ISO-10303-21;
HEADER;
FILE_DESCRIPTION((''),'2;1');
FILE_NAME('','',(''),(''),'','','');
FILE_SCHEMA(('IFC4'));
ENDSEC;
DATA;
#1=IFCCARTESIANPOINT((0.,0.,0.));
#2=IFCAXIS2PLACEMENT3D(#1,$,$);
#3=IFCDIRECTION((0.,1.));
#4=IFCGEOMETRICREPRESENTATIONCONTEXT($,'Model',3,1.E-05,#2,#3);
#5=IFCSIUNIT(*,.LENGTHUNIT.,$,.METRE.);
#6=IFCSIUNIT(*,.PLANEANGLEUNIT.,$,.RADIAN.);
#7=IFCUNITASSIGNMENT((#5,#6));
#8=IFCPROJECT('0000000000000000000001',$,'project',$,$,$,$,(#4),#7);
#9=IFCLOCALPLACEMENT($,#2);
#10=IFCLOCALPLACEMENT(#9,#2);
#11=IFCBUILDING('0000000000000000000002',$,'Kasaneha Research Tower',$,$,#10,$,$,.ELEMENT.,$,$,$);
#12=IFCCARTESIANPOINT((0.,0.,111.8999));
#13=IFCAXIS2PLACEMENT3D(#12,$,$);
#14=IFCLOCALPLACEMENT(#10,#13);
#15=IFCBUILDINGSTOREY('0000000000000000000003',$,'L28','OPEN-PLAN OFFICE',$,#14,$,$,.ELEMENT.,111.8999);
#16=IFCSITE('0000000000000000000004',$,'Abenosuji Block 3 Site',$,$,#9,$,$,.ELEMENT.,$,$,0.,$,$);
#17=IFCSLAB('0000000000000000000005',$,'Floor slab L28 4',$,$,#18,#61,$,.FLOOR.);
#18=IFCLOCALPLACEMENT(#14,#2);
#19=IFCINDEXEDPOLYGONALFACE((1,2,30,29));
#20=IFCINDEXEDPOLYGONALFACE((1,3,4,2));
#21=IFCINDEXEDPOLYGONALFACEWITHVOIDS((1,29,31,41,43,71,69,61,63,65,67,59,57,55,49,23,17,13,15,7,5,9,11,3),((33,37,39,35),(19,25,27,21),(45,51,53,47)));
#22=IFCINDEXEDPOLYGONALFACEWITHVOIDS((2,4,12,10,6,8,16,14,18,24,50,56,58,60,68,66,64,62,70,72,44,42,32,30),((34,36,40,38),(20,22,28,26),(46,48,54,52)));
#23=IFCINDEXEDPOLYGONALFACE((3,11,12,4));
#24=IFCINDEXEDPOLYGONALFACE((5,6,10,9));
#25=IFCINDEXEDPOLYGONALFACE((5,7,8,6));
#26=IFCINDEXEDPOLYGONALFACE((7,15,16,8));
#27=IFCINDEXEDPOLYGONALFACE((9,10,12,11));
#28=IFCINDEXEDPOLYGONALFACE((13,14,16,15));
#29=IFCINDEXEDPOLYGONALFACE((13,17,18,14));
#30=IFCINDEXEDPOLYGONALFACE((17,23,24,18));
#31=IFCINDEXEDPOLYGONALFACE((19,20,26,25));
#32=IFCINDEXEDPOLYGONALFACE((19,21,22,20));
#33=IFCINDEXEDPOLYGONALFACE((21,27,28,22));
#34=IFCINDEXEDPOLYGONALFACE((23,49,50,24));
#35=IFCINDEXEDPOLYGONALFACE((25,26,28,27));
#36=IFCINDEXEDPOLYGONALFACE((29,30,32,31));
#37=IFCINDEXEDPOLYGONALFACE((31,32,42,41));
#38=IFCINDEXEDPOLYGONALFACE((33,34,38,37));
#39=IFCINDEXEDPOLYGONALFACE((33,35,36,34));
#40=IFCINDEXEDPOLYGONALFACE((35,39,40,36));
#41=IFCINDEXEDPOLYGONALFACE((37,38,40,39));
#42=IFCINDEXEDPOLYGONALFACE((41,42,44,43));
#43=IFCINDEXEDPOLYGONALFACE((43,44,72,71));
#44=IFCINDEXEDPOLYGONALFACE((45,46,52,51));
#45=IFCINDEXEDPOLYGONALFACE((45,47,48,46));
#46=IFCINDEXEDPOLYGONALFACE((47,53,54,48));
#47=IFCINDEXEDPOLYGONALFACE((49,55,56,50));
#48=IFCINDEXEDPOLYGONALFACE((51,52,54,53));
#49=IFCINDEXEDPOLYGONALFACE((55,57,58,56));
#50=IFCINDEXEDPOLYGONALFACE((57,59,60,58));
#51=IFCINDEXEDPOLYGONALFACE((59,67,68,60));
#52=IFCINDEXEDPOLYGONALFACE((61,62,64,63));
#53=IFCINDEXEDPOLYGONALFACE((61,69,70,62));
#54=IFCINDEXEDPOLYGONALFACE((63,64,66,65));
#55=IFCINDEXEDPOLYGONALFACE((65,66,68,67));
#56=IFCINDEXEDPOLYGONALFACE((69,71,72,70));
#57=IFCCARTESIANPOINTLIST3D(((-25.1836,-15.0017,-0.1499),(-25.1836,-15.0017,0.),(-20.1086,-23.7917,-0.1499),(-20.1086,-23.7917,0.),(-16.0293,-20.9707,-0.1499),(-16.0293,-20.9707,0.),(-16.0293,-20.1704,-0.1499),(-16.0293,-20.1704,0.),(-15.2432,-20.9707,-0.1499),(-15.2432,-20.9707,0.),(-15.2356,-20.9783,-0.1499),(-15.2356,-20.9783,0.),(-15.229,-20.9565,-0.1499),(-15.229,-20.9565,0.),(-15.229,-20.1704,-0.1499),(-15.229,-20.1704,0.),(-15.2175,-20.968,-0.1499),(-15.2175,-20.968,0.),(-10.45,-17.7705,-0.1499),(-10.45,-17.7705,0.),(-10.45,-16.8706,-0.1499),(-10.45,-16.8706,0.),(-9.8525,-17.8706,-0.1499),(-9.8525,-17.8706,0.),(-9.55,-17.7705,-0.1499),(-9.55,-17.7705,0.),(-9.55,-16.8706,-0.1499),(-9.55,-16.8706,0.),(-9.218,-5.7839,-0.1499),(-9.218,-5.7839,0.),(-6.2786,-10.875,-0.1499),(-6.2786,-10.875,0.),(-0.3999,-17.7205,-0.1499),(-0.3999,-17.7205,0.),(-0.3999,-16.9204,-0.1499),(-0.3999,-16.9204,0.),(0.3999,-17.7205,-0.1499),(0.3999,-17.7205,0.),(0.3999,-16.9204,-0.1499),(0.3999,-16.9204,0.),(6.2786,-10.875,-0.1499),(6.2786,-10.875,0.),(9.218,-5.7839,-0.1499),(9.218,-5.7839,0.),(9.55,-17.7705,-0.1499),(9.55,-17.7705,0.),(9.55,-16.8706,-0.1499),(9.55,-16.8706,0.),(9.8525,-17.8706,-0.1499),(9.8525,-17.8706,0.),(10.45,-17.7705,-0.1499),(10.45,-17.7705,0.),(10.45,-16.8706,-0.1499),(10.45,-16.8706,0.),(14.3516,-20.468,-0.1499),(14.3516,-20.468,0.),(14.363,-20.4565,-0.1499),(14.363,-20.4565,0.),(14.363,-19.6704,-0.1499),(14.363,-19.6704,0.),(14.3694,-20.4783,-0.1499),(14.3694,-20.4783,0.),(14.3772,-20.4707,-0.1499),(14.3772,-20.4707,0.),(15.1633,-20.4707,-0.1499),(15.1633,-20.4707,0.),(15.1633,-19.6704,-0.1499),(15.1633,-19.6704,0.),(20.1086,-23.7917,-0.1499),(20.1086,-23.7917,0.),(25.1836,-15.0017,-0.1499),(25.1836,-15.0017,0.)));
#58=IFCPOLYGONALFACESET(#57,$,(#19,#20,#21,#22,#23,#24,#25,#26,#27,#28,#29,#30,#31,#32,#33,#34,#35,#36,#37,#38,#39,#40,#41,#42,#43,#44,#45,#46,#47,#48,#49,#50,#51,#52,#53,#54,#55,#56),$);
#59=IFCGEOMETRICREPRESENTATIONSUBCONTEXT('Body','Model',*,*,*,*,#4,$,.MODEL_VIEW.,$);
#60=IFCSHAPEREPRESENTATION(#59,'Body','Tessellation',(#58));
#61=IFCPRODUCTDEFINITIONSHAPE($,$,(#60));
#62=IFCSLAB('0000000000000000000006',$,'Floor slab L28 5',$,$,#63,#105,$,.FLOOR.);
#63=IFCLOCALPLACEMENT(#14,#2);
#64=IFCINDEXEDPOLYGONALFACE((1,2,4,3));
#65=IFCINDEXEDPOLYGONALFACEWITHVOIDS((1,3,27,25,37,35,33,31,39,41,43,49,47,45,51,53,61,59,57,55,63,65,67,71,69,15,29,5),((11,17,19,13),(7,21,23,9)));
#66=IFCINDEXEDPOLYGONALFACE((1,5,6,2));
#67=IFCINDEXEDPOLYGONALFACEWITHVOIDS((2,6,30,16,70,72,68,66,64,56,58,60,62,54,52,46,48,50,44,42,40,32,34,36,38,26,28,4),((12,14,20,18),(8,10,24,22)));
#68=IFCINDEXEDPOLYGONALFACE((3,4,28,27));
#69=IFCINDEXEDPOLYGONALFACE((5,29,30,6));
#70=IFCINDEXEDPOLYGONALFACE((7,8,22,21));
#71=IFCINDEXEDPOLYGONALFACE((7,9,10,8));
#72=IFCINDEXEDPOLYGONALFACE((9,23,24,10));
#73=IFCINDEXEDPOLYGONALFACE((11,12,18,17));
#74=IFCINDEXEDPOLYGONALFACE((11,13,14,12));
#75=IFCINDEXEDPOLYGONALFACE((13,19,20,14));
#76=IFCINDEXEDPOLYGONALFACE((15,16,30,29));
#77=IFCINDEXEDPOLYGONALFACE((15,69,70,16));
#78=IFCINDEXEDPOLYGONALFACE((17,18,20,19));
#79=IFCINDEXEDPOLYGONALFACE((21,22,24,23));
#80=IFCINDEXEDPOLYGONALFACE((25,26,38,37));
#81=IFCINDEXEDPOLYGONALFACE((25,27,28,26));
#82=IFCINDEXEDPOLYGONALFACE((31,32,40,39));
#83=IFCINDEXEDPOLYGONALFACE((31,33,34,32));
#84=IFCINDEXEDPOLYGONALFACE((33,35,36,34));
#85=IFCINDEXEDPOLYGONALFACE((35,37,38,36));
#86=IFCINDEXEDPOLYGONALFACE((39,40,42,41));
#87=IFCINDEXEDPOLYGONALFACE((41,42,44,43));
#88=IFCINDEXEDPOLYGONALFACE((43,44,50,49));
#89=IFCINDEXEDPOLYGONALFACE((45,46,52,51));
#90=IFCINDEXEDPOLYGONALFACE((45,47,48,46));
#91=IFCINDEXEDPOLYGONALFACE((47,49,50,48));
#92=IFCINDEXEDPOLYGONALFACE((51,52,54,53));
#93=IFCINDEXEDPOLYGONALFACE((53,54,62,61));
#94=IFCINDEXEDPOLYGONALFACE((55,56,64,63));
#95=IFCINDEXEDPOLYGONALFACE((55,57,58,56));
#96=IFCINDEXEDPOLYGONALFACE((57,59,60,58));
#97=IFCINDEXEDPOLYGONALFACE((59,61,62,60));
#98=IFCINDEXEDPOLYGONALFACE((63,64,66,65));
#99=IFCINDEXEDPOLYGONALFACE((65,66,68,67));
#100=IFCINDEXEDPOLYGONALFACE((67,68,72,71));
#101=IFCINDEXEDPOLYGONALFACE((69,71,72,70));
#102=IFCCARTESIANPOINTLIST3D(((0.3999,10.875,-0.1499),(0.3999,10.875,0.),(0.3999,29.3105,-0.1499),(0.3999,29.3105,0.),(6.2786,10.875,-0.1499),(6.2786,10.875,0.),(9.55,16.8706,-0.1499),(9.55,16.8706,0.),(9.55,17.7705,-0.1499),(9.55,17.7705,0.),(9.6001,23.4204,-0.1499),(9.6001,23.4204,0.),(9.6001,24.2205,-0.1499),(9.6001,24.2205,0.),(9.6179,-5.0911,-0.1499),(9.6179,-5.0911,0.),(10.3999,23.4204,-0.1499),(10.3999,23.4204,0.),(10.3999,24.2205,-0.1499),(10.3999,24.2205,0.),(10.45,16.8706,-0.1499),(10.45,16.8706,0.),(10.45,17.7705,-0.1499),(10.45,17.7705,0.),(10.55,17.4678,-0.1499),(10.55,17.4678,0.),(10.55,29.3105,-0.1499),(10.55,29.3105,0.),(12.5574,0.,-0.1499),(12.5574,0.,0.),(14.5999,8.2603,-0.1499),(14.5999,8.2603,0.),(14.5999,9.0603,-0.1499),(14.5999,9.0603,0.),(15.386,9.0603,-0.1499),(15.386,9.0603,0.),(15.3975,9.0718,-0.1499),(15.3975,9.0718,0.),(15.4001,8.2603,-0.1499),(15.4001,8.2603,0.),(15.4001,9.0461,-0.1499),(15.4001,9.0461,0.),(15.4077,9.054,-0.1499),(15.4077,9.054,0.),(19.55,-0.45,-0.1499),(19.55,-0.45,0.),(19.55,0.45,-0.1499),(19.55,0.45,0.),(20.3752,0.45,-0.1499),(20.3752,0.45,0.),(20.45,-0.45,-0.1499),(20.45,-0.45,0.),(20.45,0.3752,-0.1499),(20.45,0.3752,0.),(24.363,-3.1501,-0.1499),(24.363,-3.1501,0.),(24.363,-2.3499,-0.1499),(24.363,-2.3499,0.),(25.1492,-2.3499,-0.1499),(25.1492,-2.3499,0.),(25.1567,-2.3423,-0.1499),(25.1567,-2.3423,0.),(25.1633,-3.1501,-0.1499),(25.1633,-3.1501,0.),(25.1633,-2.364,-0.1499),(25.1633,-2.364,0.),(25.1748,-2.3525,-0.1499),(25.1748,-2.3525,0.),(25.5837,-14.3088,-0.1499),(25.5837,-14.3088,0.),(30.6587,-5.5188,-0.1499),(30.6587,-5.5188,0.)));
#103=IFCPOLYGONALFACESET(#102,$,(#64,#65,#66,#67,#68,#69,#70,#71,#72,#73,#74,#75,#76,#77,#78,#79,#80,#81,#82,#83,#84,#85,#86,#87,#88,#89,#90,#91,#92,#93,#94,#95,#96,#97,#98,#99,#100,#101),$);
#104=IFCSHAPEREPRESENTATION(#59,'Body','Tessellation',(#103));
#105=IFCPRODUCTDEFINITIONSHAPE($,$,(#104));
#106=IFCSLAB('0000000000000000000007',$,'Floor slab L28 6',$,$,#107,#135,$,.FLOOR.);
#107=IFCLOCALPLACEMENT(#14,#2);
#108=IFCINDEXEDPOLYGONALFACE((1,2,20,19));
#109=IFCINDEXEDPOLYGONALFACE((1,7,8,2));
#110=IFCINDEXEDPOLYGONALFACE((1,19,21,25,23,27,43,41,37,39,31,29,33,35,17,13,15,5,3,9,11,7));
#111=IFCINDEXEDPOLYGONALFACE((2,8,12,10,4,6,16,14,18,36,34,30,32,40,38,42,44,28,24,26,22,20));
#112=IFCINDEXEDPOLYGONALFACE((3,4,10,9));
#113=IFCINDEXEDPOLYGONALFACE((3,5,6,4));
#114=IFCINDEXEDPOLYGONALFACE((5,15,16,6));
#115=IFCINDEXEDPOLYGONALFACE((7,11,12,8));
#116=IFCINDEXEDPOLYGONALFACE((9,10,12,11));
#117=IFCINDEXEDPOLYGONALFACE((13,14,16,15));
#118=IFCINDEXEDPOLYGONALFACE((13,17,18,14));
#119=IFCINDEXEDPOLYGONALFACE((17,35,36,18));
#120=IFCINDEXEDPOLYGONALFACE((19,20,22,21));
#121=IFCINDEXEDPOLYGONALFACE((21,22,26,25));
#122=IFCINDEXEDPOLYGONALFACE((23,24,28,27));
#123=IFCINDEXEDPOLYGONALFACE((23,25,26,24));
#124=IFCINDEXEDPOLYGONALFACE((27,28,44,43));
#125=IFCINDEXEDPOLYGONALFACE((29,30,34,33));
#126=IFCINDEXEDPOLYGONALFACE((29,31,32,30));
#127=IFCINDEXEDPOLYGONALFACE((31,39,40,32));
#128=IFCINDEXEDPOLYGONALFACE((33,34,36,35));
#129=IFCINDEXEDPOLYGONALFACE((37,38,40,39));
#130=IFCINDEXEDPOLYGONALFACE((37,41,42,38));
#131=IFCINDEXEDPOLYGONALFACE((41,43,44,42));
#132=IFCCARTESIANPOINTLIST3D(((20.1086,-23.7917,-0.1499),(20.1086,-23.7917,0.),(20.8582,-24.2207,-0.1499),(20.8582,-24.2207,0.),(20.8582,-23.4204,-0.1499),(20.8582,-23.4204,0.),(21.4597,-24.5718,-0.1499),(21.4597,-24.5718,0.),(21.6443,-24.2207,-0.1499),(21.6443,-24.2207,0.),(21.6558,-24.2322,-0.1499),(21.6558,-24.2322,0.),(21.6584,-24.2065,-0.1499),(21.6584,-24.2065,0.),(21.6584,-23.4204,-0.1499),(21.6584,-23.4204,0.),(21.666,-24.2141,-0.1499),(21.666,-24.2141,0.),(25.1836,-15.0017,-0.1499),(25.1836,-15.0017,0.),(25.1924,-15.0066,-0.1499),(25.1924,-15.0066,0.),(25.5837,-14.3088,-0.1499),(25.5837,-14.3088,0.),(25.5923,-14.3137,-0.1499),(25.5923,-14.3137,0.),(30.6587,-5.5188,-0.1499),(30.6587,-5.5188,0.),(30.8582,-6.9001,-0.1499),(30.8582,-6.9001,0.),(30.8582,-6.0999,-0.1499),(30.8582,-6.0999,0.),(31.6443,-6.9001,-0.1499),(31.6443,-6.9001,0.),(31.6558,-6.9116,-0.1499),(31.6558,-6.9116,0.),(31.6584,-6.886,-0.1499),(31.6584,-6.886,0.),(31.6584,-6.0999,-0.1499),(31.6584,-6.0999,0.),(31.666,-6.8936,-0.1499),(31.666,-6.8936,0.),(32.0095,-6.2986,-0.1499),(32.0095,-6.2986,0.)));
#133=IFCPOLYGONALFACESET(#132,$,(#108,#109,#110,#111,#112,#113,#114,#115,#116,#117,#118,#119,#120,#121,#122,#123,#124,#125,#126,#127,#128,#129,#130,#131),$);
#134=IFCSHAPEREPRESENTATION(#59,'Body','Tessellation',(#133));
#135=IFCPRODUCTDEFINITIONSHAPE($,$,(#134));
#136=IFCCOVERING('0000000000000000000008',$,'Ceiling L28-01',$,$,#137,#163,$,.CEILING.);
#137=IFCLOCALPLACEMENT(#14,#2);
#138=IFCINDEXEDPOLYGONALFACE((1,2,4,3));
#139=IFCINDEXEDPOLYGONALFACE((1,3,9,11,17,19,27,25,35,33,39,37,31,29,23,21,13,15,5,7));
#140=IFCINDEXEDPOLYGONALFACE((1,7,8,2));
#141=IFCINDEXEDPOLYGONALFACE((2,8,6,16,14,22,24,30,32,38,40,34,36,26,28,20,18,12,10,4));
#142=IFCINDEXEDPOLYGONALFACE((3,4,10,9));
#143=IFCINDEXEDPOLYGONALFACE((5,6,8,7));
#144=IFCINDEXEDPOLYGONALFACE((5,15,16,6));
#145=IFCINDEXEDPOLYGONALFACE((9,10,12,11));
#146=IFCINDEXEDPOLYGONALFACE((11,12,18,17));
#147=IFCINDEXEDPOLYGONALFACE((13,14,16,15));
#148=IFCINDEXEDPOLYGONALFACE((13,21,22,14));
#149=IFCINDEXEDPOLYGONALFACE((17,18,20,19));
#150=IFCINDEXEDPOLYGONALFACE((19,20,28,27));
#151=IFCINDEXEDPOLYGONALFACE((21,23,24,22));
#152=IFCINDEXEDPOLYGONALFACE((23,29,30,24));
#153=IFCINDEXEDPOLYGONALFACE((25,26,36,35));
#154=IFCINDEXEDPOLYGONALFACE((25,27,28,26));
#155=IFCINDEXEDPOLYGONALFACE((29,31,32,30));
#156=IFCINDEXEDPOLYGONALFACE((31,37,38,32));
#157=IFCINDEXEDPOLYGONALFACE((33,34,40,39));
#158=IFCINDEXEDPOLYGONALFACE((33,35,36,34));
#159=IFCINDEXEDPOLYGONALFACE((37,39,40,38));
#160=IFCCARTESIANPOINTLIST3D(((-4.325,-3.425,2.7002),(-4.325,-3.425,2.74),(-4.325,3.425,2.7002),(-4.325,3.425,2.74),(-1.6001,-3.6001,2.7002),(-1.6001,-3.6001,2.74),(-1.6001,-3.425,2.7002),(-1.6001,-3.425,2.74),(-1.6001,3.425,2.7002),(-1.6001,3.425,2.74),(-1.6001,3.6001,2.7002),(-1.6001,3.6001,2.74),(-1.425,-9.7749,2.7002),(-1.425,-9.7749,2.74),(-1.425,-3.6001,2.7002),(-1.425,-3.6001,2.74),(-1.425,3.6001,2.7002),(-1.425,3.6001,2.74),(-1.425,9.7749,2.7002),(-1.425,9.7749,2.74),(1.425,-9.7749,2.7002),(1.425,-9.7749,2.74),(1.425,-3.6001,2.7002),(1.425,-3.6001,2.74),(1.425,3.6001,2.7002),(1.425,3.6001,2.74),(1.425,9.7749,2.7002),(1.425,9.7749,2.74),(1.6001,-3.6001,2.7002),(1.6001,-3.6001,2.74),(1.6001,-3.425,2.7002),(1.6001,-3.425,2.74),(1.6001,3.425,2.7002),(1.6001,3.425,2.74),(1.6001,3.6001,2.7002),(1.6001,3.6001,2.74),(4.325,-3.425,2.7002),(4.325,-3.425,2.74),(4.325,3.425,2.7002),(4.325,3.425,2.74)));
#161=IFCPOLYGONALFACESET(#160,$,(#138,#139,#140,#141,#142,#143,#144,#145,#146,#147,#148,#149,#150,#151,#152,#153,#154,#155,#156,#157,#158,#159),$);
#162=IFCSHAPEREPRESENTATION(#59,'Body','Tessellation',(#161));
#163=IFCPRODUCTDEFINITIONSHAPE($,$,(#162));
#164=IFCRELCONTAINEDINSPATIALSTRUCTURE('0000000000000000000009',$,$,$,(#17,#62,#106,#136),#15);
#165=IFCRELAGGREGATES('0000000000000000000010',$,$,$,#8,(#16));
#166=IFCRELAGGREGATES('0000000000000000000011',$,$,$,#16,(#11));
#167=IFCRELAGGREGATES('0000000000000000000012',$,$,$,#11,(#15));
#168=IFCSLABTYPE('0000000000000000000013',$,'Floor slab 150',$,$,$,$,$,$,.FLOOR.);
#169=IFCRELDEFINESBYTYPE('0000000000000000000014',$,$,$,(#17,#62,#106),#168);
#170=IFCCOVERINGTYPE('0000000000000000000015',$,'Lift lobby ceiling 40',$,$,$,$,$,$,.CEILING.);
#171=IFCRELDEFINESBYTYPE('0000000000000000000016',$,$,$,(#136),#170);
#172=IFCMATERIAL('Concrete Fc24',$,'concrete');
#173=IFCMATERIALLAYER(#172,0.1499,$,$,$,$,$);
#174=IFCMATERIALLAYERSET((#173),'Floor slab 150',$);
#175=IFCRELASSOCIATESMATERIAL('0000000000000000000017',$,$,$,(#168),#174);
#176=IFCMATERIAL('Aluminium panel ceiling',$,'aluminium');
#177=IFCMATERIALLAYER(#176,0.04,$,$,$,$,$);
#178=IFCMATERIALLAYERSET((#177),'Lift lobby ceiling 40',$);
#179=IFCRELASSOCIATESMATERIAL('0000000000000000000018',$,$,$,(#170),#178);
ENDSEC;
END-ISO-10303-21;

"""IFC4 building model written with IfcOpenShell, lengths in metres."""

from ifc_helpers import new_model, si_unit, direction, frame, origin, place, context, subcontext, project, spatial, polyline, outline, extrude, material, layer, layer_set, type_object, element, save


model = new_model("IFC4")

# Units and contexts
model_context = context("Model", 3, precision=1e-05, world=origin(), true_north=direction((0.0, 1.0)))
body_context = subcontext(model_context, "Body", "Model", "MODEL_VIEW")
ifc_project = project(units=[si_unit("LENGTHUNIT", "METRE"), si_unit("PLANEANGLEUNIT", "RADIAN")], contexts=[model_context])

# Site, building, storey
site_placement = place(None, origin())
site = spatial("IfcSite", under=ifc_project, at=site_placement, Name="Abenosuji Block 3 Site", CompositionType="ELEMENT", RefElevation=0.0)
building_placement = place(site_placement, origin())
building = spatial("IfcBuilding", under=site, at=building_placement, Name="Kasaneha Research Tower", CompositionType="ELEMENT")
storey_placement = place(building_placement, frame((0.0, 0.0, 111.8999)))
storey = spatial("IfcBuildingStorey", under=building, at=storey_placement, Name="L28", Description="OPEN-PLAN OFFICE", CompositionType="ELEMENT", Elevation=111.8999)

# Slabs
ifc_material_1 = material(Name="Concrete Fc24", Category="concrete")
ifc_layer_1 = layer(ifc_material_1, 0.1499)
ifc_layer_set_1 = layer_set([ifc_layer_1], Name="Floor slab 150")
slab_type_1 = type_object("IfcSlabType", Name="Floor slab 150", PredefinedType="FLOOR", material=ifc_layer_set_1)
slab_1_placement = place(storey_placement, frame((0.0, 0.0, -0.1499)))
element("IfcSlab", 1, at=slab_1_placement, inside=storey, type_object=slab_type_1, Name="Floor slab L28 4", PredefinedType="FLOOR", context=body_context, shape_type="SweptSolid", body=[
    extrude(outline(polyline([(-6.2786, -10.875), (6.2786, -10.875), (9.218, -5.7839), (25.1836, -15.0017), (20.1086, -23.7917), (14.3694, -20.4783), (14.3772, -20.4707), (15.1633, -20.4707), (15.1633, -19.6704), (14.363, -19.6704), (14.363, -20.4565), (14.3516, -20.468), (9.8525, -17.8706), (-9.8525, -17.8706), (-15.2175, -20.968), (-15.229, -20.9565), (-15.229, -20.1704), (-16.0293, -20.1704), (-16.0293, -20.9707), (-15.2432, -20.9707), (-15.2356, -20.9783), (-20.1086, -23.7917), (-25.1836, -15.0017), (-9.218, -5.7839), (-6.2786, -10.875)]), holes=[polyline([(0.3999, -17.7205), (0.3999, -16.9204), (-0.3999, -16.9204), (-0.3999, -17.7205), (0.3999, -17.7205)]), polyline([(-9.55, -16.8706), (-10.45, -16.8706), (-10.45, -17.7705), (-9.55, -17.7705), (-9.55, -16.8706)]), polyline([(10.45, -16.8706), (9.55, -16.8706), (9.55, -17.7705), (10.45, -17.7705), (10.45, -16.8706)])]), origin(), (0.0, 0.0, 1.0), 0.1499),
])
slab_2_placement = place(storey_placement, frame((0.0, 0.0, -0.1499)))
element("IfcSlab", 2, at=slab_2_placement, inside=storey, type_object=slab_type_1, Name="Floor slab L28 5", PredefinedType="FLOOR", context=body_context, shape_type="SweptSolid", body=[
    extrude(outline(polyline([(9.6179, -5.0911), (12.5574, 0.0), (6.2786, 10.875), (0.3999, 10.875), (0.3999, 29.3105), (10.55, 29.3105), (10.55, 17.4678), (15.3975, 9.0718), (15.386, 9.0603), (14.5999, 9.0603), (14.5999, 8.2603), (15.4001, 8.2603), (15.4001, 9.0461), (15.4077, 9.054), (20.3752, 0.45), (19.55, 0.45), (19.55, -0.45), (20.45, -0.45), (20.45, 0.3752), (25.1567, -2.3423), (25.1492, -2.3499), (24.363, -2.3499), (24.363, -3.1501), (25.1633, -3.1501), (25.1633, -2.364), (25.1748, -2.3525), (30.6587, -5.5188), (25.5837, -14.3088), (9.6179, -5.0911)]), holes=[polyline([(10.45, 16.8706), (10.45, 17.7705), (9.55, 17.7705), (9.55, 16.8706), (10.45, 16.8706)]), polyline([(10.3999, 23.4204), (10.3999, 24.2205), (9.6001, 24.2205), (9.6001, 23.4204), (10.3999, 23.4204)])]), origin(), (0.0, 0.0, 1.0), 0.1499),
])
slab_3_placement = place(storey_placement, frame((0.0, 0.0, -0.1499)))
element("IfcSlab", 3, at=slab_3_placement, inside=storey, type_object=slab_type_1, Name="Floor slab L28 6", PredefinedType="FLOOR", context=body_context, shape_type="SweptSolid", body=[
    extrude(outline(polyline([(25.1924, -15.0066), (25.5923, -14.3137), (25.5837, -14.3088), (30.6587, -5.5188), (32.0095, -6.2986), (31.666, -6.8936), (31.6584, -6.886), (31.6584, -6.0999), (30.8582, -6.0999), (30.8582, -6.9001), (31.6443, -6.9001), (31.6558, -6.9116), (21.666, -24.2141), (21.6584, -24.2065), (21.6584, -23.4204), (20.8582, -23.4204), (20.8582, -24.2207), (21.6443, -24.2207), (21.6558, -24.2322), (21.4597, -24.5718), (20.1086, -23.7917), (25.1836, -15.0017), (25.1924, -15.0066)])), origin(), (0.0, 0.0, 1.0), 0.1499),
])

# Covering
ifc_material_2 = material(Name="Aluminium panel ceiling", Category="aluminium")
ifc_layer_2 = layer(ifc_material_2, 0.04)
ifc_layer_set_2 = layer_set([ifc_layer_2], Name="Lift lobby ceiling 40")
covering_type_1 = type_object("IfcCoveringType", Name="Lift lobby ceiling 40", PredefinedType="CEILING", material=ifc_layer_set_2)
covering_1_placement = place(storey_placement, frame((0.0, 0.0, 2.7002)))
element("IfcCovering", 4, at=covering_1_placement, inside=storey, type_object=covering_type_1, Name="Ceiling L28-01", PredefinedType="CEILING", context=body_context, shape_type="SweptSolid", body=[
    extrude(outline(polyline([(1.425, 9.7749), (1.425, 3.6001), (1.6001, 3.6001), (1.6001, 3.425), (4.325, 3.425), (4.325, -3.425), (1.6001, -3.425), (1.6001, -3.6001), (1.425, -3.6001), (1.425, -9.7749), (-1.425, -9.7749), (-1.425, -3.6001), (-1.6001, -3.6001), (-1.6001, -3.425), (-4.325, -3.425), (-4.325, 3.425), (-1.6001, 3.425), (-1.6001, 3.6001), (-1.425, 3.6001), (-1.425, 9.7749), (1.425, 9.7749)])), origin(), (0.0, 0.0, 1.0), 0.0398),
])

save(model, "model.ifc")
